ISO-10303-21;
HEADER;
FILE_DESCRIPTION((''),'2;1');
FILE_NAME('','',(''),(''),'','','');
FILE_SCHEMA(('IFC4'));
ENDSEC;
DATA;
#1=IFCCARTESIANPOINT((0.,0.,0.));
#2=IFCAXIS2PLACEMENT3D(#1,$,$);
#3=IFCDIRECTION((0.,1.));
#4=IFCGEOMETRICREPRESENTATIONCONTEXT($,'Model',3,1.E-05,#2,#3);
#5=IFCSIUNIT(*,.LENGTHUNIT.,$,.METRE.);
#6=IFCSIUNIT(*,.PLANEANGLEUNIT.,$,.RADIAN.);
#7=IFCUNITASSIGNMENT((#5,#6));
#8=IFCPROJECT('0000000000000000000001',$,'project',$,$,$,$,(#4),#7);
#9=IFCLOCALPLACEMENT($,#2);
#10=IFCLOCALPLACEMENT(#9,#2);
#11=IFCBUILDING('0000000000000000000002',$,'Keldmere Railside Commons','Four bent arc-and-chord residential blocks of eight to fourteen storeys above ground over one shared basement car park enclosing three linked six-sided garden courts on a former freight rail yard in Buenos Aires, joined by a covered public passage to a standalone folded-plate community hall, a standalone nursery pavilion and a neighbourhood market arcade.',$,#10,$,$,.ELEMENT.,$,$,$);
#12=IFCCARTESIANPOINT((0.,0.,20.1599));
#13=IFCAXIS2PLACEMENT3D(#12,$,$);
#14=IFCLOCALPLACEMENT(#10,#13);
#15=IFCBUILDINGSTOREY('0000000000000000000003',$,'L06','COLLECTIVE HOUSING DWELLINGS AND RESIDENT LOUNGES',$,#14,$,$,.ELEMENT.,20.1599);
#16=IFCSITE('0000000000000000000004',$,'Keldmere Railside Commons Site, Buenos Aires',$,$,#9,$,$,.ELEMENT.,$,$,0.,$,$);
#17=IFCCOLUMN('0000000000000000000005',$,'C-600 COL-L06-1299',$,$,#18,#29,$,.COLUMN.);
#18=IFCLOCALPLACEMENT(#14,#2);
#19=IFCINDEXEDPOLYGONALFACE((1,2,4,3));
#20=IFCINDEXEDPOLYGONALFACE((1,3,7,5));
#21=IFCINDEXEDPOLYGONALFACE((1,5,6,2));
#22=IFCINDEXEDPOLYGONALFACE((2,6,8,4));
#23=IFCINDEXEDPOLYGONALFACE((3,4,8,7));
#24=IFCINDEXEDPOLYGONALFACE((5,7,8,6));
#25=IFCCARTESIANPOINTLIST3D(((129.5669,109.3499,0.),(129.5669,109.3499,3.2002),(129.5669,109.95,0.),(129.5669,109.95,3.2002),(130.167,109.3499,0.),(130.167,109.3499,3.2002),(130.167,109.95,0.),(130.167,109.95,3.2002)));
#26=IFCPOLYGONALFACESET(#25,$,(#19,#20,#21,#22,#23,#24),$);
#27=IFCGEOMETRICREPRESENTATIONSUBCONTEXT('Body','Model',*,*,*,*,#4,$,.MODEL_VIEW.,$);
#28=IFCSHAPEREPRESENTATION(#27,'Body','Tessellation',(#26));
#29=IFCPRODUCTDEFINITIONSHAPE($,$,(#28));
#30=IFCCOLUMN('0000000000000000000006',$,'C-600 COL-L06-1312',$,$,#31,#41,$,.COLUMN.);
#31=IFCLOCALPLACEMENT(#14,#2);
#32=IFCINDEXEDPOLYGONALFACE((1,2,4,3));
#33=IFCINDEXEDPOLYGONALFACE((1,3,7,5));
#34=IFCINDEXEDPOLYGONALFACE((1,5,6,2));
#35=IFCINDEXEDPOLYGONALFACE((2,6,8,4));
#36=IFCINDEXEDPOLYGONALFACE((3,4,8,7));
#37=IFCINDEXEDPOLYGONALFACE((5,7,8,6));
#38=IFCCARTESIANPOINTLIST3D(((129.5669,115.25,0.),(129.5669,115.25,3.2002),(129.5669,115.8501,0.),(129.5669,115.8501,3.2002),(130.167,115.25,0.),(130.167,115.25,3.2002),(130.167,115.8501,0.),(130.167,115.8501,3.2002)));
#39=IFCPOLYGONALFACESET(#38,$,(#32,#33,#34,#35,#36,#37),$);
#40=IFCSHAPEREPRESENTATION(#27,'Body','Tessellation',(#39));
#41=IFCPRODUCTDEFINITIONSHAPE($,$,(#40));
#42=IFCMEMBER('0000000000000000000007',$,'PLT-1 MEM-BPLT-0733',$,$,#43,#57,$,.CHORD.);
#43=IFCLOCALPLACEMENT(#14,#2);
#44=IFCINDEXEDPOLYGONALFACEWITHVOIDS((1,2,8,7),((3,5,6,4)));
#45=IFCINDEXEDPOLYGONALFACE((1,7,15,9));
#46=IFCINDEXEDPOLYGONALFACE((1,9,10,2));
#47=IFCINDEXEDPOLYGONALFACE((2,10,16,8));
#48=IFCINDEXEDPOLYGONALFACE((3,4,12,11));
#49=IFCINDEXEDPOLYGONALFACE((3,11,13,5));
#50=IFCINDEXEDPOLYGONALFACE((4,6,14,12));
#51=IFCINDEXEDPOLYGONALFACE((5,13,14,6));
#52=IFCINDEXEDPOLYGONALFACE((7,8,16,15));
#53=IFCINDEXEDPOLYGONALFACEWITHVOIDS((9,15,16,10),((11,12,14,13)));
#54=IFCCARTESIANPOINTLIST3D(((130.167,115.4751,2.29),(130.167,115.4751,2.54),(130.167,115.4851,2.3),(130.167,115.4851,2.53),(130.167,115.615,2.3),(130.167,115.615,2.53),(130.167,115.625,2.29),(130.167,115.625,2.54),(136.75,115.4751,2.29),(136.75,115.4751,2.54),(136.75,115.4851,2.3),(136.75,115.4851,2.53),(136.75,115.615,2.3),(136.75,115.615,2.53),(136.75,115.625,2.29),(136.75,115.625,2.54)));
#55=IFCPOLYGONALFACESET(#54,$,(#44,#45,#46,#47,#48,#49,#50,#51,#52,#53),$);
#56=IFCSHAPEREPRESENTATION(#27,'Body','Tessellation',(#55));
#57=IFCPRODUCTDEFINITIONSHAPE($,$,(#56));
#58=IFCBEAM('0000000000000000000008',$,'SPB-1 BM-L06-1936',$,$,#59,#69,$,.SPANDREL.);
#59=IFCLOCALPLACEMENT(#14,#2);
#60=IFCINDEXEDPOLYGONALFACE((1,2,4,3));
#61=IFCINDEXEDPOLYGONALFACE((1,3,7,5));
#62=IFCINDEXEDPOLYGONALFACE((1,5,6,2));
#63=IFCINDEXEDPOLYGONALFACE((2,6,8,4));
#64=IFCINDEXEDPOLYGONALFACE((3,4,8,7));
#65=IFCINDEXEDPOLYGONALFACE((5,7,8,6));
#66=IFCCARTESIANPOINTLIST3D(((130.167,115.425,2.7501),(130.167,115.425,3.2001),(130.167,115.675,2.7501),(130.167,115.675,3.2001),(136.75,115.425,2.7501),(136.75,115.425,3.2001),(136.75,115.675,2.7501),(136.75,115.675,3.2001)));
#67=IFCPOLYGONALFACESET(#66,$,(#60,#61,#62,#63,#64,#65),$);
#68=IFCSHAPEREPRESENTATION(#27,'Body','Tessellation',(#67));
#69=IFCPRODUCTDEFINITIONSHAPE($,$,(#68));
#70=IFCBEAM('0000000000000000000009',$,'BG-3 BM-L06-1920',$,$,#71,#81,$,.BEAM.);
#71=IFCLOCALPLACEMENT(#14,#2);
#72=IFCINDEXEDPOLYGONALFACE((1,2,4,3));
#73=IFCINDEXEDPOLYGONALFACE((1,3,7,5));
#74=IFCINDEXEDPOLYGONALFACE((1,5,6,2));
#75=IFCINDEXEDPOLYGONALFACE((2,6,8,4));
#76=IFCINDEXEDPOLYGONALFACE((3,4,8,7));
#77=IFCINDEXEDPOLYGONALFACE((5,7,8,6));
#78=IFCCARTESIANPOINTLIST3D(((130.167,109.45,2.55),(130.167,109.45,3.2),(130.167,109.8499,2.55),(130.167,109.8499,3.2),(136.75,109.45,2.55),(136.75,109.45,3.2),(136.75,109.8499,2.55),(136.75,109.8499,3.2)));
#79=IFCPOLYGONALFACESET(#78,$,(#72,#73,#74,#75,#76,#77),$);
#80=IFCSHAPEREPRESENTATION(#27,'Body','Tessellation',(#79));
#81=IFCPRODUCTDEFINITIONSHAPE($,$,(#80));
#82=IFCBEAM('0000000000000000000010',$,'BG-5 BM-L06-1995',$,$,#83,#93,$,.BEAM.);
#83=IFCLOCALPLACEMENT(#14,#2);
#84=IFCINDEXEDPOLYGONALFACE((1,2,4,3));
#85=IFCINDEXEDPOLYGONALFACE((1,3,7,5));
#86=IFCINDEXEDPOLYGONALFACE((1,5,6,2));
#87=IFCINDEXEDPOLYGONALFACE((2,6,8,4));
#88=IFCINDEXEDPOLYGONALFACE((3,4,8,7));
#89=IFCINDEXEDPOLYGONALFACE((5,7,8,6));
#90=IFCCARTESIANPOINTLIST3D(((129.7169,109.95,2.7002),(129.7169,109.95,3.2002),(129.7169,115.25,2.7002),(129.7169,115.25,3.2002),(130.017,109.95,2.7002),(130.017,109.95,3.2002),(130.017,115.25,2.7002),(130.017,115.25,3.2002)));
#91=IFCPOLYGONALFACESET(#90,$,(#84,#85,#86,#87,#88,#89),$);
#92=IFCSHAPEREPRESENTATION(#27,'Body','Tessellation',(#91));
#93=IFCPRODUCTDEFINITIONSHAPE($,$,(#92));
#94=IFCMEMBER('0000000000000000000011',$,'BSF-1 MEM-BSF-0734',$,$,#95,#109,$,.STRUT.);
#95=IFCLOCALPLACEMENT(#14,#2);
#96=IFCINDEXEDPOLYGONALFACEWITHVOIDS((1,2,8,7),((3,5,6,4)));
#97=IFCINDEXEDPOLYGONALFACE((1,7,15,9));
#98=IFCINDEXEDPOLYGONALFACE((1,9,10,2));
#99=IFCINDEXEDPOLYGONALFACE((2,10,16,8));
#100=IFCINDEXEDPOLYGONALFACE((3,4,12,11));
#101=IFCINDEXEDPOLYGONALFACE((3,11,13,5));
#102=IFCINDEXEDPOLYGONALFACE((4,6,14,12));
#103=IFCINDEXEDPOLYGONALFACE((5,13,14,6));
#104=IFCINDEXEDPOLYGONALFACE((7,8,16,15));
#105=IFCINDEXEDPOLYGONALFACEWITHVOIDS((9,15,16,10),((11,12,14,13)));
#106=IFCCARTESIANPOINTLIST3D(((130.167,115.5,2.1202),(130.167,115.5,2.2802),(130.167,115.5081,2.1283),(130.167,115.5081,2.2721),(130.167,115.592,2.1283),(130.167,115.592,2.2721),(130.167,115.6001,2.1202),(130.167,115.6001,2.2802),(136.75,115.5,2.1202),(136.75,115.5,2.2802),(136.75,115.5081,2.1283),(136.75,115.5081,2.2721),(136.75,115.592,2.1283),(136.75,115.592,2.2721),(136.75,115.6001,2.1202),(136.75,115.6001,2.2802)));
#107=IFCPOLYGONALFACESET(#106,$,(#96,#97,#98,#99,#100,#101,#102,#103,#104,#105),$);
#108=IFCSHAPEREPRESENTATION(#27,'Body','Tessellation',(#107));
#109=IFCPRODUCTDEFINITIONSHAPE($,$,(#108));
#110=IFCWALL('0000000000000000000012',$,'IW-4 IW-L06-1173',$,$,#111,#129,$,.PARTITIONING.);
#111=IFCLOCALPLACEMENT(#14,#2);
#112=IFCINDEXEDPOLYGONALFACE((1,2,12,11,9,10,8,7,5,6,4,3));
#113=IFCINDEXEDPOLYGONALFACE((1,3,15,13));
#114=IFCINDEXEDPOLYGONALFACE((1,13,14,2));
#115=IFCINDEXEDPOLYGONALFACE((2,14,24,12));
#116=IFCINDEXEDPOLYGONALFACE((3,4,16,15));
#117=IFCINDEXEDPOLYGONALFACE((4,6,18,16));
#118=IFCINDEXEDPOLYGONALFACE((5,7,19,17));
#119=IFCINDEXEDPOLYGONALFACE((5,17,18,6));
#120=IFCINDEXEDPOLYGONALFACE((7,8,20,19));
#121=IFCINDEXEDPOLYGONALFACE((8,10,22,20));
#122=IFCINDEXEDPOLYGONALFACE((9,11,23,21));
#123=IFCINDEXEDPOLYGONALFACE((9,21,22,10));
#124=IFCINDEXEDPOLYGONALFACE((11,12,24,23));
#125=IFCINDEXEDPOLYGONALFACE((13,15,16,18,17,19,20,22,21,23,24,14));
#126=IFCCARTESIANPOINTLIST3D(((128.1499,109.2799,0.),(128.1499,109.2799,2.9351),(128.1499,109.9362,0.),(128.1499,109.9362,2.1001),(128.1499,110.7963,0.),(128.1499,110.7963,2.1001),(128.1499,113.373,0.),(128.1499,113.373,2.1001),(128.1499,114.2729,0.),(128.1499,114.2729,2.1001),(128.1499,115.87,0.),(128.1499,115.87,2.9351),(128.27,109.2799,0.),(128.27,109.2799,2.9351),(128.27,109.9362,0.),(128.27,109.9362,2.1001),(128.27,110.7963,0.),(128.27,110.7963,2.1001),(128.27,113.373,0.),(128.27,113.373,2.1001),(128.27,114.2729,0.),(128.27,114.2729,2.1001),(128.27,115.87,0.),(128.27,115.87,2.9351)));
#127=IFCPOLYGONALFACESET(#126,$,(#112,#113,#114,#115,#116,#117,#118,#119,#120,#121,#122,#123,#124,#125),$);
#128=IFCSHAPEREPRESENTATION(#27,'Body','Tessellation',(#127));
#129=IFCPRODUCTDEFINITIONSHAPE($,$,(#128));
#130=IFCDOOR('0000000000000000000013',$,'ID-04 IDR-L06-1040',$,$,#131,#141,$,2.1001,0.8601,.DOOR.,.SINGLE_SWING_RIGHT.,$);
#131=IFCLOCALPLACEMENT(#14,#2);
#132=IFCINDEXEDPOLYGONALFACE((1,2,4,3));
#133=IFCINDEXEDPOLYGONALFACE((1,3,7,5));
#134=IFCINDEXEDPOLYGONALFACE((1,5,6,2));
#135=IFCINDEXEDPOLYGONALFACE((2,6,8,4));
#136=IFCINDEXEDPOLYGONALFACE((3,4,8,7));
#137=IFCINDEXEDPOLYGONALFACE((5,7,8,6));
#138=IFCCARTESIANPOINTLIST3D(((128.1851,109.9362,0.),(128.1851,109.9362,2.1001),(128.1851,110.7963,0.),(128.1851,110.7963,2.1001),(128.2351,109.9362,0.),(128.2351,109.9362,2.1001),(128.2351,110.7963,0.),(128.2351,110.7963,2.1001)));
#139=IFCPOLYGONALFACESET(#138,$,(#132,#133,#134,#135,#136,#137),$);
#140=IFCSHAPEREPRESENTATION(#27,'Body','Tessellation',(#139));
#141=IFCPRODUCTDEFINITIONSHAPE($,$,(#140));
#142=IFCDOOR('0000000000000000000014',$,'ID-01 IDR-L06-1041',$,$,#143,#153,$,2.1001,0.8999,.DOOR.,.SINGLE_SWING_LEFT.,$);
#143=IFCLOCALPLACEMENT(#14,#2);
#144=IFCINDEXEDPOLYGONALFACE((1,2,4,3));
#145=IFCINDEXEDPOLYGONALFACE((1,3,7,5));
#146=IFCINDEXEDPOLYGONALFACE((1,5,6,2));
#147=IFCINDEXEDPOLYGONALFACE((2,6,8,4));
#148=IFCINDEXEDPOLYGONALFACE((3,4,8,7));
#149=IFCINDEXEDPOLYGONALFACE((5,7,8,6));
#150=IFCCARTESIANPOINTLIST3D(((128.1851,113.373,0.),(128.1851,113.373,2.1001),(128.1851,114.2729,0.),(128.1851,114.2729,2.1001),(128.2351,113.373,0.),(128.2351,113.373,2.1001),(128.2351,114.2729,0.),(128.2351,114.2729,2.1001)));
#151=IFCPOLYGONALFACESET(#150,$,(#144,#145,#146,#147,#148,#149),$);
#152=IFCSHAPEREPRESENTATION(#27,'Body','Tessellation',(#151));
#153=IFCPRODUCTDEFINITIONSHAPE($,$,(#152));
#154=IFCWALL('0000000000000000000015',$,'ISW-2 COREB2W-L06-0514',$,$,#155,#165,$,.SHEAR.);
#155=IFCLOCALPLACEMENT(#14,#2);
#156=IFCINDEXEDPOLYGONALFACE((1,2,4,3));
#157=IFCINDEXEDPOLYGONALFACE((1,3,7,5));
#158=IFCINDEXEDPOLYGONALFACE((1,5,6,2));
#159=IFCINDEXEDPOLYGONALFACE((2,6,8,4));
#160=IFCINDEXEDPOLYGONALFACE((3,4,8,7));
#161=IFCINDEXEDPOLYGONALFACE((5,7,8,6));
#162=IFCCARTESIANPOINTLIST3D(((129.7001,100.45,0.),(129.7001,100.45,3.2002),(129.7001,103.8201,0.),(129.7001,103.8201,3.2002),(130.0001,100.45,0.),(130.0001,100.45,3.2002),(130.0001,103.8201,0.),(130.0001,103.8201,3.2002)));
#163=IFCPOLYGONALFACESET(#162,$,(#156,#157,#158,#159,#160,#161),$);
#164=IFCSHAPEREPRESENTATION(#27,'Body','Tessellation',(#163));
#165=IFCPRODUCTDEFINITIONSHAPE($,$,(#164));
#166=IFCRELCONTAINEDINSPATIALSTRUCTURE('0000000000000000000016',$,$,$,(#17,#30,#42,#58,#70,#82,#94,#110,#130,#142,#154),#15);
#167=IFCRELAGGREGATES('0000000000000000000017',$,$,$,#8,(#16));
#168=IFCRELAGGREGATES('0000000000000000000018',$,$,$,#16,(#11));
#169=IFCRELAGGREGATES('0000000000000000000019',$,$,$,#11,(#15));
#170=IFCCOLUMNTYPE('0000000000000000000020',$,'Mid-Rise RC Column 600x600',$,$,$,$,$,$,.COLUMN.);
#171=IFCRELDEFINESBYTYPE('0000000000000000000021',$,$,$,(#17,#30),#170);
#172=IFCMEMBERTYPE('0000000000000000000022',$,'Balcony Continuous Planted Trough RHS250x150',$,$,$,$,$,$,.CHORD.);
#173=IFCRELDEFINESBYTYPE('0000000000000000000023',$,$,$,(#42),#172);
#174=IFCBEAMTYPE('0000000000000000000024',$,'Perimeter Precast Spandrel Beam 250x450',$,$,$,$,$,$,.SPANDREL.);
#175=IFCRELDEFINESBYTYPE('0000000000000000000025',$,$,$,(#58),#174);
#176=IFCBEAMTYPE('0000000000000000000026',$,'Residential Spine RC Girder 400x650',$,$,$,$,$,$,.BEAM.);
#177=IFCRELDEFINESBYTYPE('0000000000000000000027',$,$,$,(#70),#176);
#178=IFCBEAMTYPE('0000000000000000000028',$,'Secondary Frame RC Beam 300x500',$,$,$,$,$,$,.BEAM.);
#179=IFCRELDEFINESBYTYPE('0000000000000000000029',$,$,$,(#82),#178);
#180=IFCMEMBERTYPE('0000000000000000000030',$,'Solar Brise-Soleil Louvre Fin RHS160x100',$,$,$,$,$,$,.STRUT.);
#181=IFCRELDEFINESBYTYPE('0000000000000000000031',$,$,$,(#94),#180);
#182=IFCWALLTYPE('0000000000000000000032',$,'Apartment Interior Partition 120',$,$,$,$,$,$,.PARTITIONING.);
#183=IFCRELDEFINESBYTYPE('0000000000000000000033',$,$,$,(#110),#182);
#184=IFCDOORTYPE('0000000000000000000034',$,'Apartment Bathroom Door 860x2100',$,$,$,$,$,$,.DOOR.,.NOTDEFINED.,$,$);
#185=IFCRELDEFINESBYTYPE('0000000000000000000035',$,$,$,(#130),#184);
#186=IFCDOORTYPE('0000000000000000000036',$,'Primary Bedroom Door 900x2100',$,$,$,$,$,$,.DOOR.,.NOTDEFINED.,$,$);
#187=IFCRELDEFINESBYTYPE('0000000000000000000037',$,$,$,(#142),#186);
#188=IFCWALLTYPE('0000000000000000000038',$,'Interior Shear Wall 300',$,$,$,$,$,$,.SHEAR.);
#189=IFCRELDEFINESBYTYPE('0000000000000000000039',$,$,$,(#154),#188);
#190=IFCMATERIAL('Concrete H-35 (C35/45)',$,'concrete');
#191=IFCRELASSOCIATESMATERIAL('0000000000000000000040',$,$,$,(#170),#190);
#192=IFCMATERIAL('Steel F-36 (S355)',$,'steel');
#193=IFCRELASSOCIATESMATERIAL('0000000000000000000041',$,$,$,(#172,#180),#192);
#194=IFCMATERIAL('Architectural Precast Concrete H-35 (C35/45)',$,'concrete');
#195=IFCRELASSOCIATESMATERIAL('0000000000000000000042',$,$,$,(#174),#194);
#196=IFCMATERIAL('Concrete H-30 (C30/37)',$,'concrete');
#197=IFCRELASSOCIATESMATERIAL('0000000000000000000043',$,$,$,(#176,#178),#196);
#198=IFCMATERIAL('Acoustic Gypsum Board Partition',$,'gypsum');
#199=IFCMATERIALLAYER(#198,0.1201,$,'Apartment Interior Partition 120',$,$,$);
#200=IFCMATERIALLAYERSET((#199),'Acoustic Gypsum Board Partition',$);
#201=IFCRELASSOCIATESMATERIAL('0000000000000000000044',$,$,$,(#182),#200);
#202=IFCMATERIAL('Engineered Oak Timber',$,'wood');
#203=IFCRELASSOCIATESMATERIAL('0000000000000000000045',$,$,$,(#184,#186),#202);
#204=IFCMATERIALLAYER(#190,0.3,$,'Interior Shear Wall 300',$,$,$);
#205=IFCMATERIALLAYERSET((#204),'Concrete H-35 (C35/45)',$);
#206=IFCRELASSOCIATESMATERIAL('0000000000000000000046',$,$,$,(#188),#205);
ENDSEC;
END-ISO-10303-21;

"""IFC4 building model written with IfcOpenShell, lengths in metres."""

from ifc_helpers import new_model, si_unit, direction, frame, frame_2d, origin, origin_2d, place, context, subcontext, project, spatial, rectangle, hollow_rectangle, extrude, material, layer, layer_set, material_profile, profile_set, type_object, element, fill, save


model = new_model("IFC4")

# Units and contexts
model_context = context("Model", 3, precision=1e-05, world=origin(), true_north=direction((0.0, 1.0)))
body_context = subcontext(model_context, "Body", "Model", "MODEL_VIEW")
ifc_project = project(units=[si_unit("LENGTHUNIT", "METRE"), si_unit("PLANEANGLEUNIT", "RADIAN")], contexts=[model_context])

# Site, building, storey
site_placement = place(None, origin())
site = spatial("IfcSite", under=ifc_project, at=site_placement, Name="Keldmere Railside Commons Site, Buenos Aires", CompositionType="ELEMENT", RefElevation=0.0)
building_placement = place(site_placement, origin())
building = spatial("IfcBuilding", under=site, at=building_placement, Name="Keldmere Railside Commons", Description="Four bent arc-and-chord residential blocks of eight to fourteen storeys above ground over one shared basement car park enclosing three linked six-sided garden courts on a former freight rail yard in Buenos Aires, joined by a covered public passage to a standalone folded-plate community hall, a standalone nursery pavilion and a neighbourhood market arcade.", CompositionType="ELEMENT")
storey_placement = place(building_placement, frame((0.0, 0.0, 20.1599)))
storey = spatial("IfcBuildingStorey", under=building, at=storey_placement, Name="L06", Description="COLLECTIVE HOUSING DWELLINGS AND RESIDENT LOUNGES", CompositionType="ELEMENT", Elevation=20.1599)

# Columns
ifc_material_1 = material(Name="Concrete H-35 (C35/45)", Category="concrete")
ifc_material_profile_1 = material_profile(ifc_material_1, rectangle(XDim=0.6001, YDim=0.6001, at=origin_2d()), Name="RC-600x600")
ifc_profile_set_1 = profile_set([ifc_material_profile_1], Name="Concrete H-35 (C35/45)")
column_type = type_object("IfcColumnType", Name="Mid-Rise RC Column 600x600", PredefinedType="COLUMN", material=ifc_profile_set_1)
for number, where, z_axis, x_axis, name in (
    (1, (129.8669, 109.6499, 0.0), (0.0, 0.0, 1.0), (1.0, 0.0, 0.0), "C-600 COL-L06-1299"),
    (2, (129.8669, 115.55, 0.0), (0.0, 0.0, 1.0), (1.0, 0.0, 0.0), "C-600 COL-L06-1312"),
):
    element("IfcColumn", number, at=place(storey_placement, frame(where, z_axis=z_axis, x_axis=x_axis)), inside=storey, type_object=column_type, Name=name, PredefinedType="COLUMN", context=body_context, shape_type="SweptSolid", body=[
        extrude(rectangle(XDim=0.6001, YDim=0.6001, at=origin_2d()), origin(), (0.0, 0.0, 1.0), 3.2002),
    ])

# Member
ifc_material_2 = material(Name="Steel F-36 (S355)", Category="steel")
ifc_material_profile_2 = material_profile(ifc_material_2, hollow_rectangle(XDim=0.1499, YDim=0.25, WallThickness=0.01, at=origin_2d()), Name="RHS-250x150x10")
ifc_profile_set_2 = profile_set([ifc_material_profile_2], Name="Steel F-36 (S355)")
member_type_1 = type_object("IfcMemberType", Name="Balcony Continuous Planted Trough RHS250x150", PredefinedType="CHORD", material=ifc_profile_set_2)
member_1_placement = place(storey_placement, frame((130.167, 115.55, 2.415), z_axis=(1.0, 0.0, 0.0), x_axis=(0.0, 1.0, 0.0)))
element("IfcMember", 3, at=member_1_placement, inside=storey, type_object=member_type_1, Name="PLT-1 MEM-BPLT-0733", PredefinedType="CHORD", context=body_context, shape_type="SweptSolid", body=[
    extrude(hollow_rectangle(XDim=0.1499, YDim=0.25, WallThickness=0.01, at=origin_2d()), origin(), (0.0, 0.0, 1.0), 6.583),
])

# Beams
ifc_material_3 = material(Name="Architectural Precast Concrete H-35 (C35/45)", Category="concrete")
ifc_material_profile_3 = material_profile(ifc_material_3, rectangle(XDim=0.25, YDim=0.45, at=origin_2d()), Name="RC-250x450")
ifc_profile_set_3 = profile_set([ifc_material_profile_3], Name="Architectural Precast Concrete H-35 (C35/45)")
beam_type_1 = type_object("IfcBeamType", Name="Perimeter Precast Spandrel Beam 250x450", PredefinedType="SPANDREL", material=ifc_profile_set_3)
beam_1_placement = place(storey_placement, frame((130.167, 115.55, 2.9751), z_axis=(1.0, 0.0, 0.0), x_axis=(0.0, 1.0, 0.0)))
element("IfcBeam", 4, at=beam_1_placement, inside=storey, type_object=beam_type_1, Name="SPB-1 BM-L06-1936", PredefinedType="SPANDREL", context=body_context, shape_type="SweptSolid", body=[
    extrude(rectangle(XDim=0.25, YDim=0.45, at=origin_2d()), origin(), (0.0, 0.0, 1.0), 6.583),
])
ifc_material_4 = material(Name="Concrete H-30 (C30/37)", Category="concrete")
ifc_material_profile_4 = material_profile(ifc_material_4, rectangle(XDim=0.3999, YDim=0.6499, at=origin_2d()), Name="RC-400x650")
ifc_profile_set_4 = profile_set([ifc_material_profile_4], Name="Concrete H-30 (C30/37)")
beam_type_2 = type_object("IfcBeamType", Name="Residential Spine RC Girder 400x650", PredefinedType="BEAM", material=ifc_profile_set_4)
beam_2_placement = place(storey_placement, frame((130.167, 109.6499, 2.875), z_axis=(1.0, 0.0, 0.0), x_axis=(0.0, 1.0, 0.0)))
element("IfcBeam", 5, at=beam_2_placement, inside=storey, type_object=beam_type_2, Name="BG-3 BM-L06-1920", PredefinedType="BEAM", context=body_context, shape_type="SweptSolid", body=[
    extrude(rectangle(XDim=0.3999, YDim=0.6499, at=origin_2d()), origin(), (0.0, 0.0, 1.0), 6.583),
])
ifc_material_profile_5 = material_profile(ifc_material_4, rectangle(XDim=0.3, YDim=0.5, at=origin_2d()), Name="RC-300x500")
ifc_profile_set_5 = profile_set([ifc_material_profile_5], Name="Concrete H-30 (C30/37)")
beam_type_3 = type_object("IfcBeamType", Name="Secondary Frame RC Beam 300x500", PredefinedType="BEAM", material=ifc_profile_set_5)
beam_3_placement = place(storey_placement, frame((129.8669, 109.95, 2.9502), z_axis=(0.0, 1.0, 0.0), x_axis=(-1.0, 0.0, 0.0)))
element("IfcBeam", 6, at=beam_3_placement, inside=storey, type_object=beam_type_3, Name="BG-5 BM-L06-1995", PredefinedType="BEAM", context=body_context, shape_type="SweptSolid", body=[
    extrude(rectangle(XDim=0.3, YDim=0.5, at=origin_2d()), origin(), (0.0, 0.0, 1.0), 5.3),
])

# Member
ifc_material_profile_6 = material_profile(ifc_material_2, hollow_rectangle(XDim=0.1001, YDim=0.1599, WallThickness=0.0081, at=origin_2d()), Name="RHS-160x100x8")
ifc_profile_set_6 = profile_set([ifc_material_profile_6], Name="Steel F-36 (S355)")
member_type_2 = type_object("IfcMemberType", Name="Solar Brise-Soleil Louvre Fin RHS160x100", PredefinedType="STRUT", material=ifc_profile_set_6)
member_2_placement = place(storey_placement, frame((130.167, 115.55, 2.2002), z_axis=(1.0, 0.0, 0.0), x_axis=(0.0, 1.0, 0.0)))
element("IfcMember", 7, at=member_2_placement, inside=storey, type_object=member_type_2, Name="BSF-1 MEM-BSF-0734", PredefinedType="STRUT", context=body_context, shape_type="SweptSolid", body=[
    extrude(hollow_rectangle(XDim=0.1001, YDim=0.1599, WallThickness=0.0081, at=origin_2d()), origin(), (0.0, 0.0, 1.0), 6.583),
])

# Wall, openings, doors
ifc_material_5 = material(Name="Acoustic Gypsum Board Partition", Category="gypsum")
ifc_layer_1 = layer(ifc_material_5, 0.1201, Name="Apartment Interior Partition 120")
ifc_layer_set_1 = layer_set([ifc_layer_1], Name="Acoustic Gypsum Board Partition")
wall_type_1 = type_object("IfcWallType", Name="Apartment Interior Partition 120", PredefinedType="PARTITIONING", material=ifc_layer_set_1)
wall_1_placement = place(storey_placement, frame((128.21, 109.28, 0.0), z_axis=(0.0, 0.0, 1.0), x_axis=(0.0, 1.0, 0.0)))
wall_1 = element("IfcWall", 8, at=wall_1_placement, inside=storey, type_object=wall_type_1, Name="IW-4 IW-L06-1173", PredefinedType="PARTITIONING", context=body_context, shape_type="SweptSolid", body=[
    extrude(rectangle(XDim=6.5901, YDim=0.1201, at=frame_2d((3.2949, 0.0))), origin(), (0.0, 0.0, 1.0), 2.9351),
])
opening_1_placement = place(wall_1_placement, frame((0.656, 0.0, 0.0)))
opening_1 = element("IfcOpeningElement", 9, at=opening_1_placement, cuts=wall_1, PredefinedType="OPENING", context=body_context, shape_type="SweptSolid", body=[
    extrude(rectangle(XDim=0.8601, YDim=2.1001, at=frame_2d((0.4302, 1.05))), frame((0.0, 0.0701, 0.0), z_axis=(0.0, -1.0, 0.0), x_axis=(1.0, 0.0, 0.0)), (0.0, 0.0, 1.0), 0.1401),
])
opening_2_placement = place(wall_1_placement, frame((4.093, 0.0, 0.0)))
opening_2 = element("IfcOpeningElement", 10, at=opening_2_placement, cuts=wall_1, PredefinedType="OPENING", context=body_context, shape_type="SweptSolid", body=[
    extrude(rectangle(XDim=0.8999, YDim=2.1001, at=frame_2d((0.45, 1.05))), frame((0.0, 0.0701, 0.0), z_axis=(0.0, -1.0, 0.0), x_axis=(1.0, 0.0, 0.0)), (0.0, 0.0, 1.0), 0.1401),
])
ifc_material_6 = material(Name="Engineered Oak Timber", Category="wood")
door_type_1 = type_object("IfcDoorType", Name="Apartment Bathroom Door 860x2100", OperationType="NOTDEFINED", PredefinedType="DOOR", material=ifc_material_6)
door_1_placement = place(opening_1_placement, origin())
door_1 = element("IfcDoor", 11, at=door_1_placement, inside=storey, type_object=door_type_1, Name="ID-04 IDR-L06-1040", OperationType="SINGLE_SWING_RIGHT", OverallHeight=2.1001, OverallWidth=0.8601, PredefinedType="DOOR", context=body_context, shape_type="SweptSolid", body=[
    extrude(rectangle(XDim=0.8601, YDim=2.1001, at=frame_2d((0.4302, 1.05))), frame((0.0, 0.0249, 0.0), z_axis=(0.0, -1.0, 0.0), x_axis=(1.0, 0.0, 0.0)), (0.0, 0.0, 1.0), 0.05),
])
fill(opening_1, door_1)
door_type_2 = type_object("IfcDoorType", Name="Primary Bedroom Door 900x2100", OperationType="NOTDEFINED", PredefinedType="DOOR", material=ifc_material_6)
door_2_placement = place(opening_2_placement, origin())
door_2 = element("IfcDoor", 12, at=door_2_placement, inside=storey, type_object=door_type_2, Name="ID-01 IDR-L06-1041", OperationType="SINGLE_SWING_LEFT", OverallHeight=2.1001, OverallWidth=0.8999, PredefinedType="DOOR", context=body_context, shape_type="SweptSolid", body=[
    extrude(rectangle(XDim=0.8999, YDim=2.1001, at=frame_2d((0.45, 1.05))), frame((0.0, 0.0249, 0.0), z_axis=(0.0, -1.0, 0.0), x_axis=(1.0, 0.0, 0.0)), (0.0, 0.0, 1.0), 0.05),
])
fill(opening_2, door_2)

# Wall
ifc_layer_2 = layer(ifc_material_1, 0.3, Name="Interior Shear Wall 300")
ifc_layer_set_2 = layer_set([ifc_layer_2], Name="Concrete H-35 (C35/45)")
wall_type_2 = type_object("IfcWallType", Name="Interior Shear Wall 300", PredefinedType="SHEAR", material=ifc_layer_set_2)
wall_2_placement = place(storey_placement, frame((129.8501, 103.8201, 0.0), z_axis=(0.0, 0.0, 1.0), x_axis=(0.0, -1.0, 0.0)))
element("IfcWall", 13, at=wall_2_placement, inside=storey, type_object=wall_type_2, Name="ISW-2 COREB2W-L06-0514", PredefinedType="SHEAR", context=body_context, shape_type="SweptSolid", body=[
    extrude(rectangle(XDim=3.3701, YDim=0.3, at=frame_2d((1.6851, 0.0))), origin(), (0.0, 0.0, 1.0), 3.2002),
])

save(model, "model.ifc")
